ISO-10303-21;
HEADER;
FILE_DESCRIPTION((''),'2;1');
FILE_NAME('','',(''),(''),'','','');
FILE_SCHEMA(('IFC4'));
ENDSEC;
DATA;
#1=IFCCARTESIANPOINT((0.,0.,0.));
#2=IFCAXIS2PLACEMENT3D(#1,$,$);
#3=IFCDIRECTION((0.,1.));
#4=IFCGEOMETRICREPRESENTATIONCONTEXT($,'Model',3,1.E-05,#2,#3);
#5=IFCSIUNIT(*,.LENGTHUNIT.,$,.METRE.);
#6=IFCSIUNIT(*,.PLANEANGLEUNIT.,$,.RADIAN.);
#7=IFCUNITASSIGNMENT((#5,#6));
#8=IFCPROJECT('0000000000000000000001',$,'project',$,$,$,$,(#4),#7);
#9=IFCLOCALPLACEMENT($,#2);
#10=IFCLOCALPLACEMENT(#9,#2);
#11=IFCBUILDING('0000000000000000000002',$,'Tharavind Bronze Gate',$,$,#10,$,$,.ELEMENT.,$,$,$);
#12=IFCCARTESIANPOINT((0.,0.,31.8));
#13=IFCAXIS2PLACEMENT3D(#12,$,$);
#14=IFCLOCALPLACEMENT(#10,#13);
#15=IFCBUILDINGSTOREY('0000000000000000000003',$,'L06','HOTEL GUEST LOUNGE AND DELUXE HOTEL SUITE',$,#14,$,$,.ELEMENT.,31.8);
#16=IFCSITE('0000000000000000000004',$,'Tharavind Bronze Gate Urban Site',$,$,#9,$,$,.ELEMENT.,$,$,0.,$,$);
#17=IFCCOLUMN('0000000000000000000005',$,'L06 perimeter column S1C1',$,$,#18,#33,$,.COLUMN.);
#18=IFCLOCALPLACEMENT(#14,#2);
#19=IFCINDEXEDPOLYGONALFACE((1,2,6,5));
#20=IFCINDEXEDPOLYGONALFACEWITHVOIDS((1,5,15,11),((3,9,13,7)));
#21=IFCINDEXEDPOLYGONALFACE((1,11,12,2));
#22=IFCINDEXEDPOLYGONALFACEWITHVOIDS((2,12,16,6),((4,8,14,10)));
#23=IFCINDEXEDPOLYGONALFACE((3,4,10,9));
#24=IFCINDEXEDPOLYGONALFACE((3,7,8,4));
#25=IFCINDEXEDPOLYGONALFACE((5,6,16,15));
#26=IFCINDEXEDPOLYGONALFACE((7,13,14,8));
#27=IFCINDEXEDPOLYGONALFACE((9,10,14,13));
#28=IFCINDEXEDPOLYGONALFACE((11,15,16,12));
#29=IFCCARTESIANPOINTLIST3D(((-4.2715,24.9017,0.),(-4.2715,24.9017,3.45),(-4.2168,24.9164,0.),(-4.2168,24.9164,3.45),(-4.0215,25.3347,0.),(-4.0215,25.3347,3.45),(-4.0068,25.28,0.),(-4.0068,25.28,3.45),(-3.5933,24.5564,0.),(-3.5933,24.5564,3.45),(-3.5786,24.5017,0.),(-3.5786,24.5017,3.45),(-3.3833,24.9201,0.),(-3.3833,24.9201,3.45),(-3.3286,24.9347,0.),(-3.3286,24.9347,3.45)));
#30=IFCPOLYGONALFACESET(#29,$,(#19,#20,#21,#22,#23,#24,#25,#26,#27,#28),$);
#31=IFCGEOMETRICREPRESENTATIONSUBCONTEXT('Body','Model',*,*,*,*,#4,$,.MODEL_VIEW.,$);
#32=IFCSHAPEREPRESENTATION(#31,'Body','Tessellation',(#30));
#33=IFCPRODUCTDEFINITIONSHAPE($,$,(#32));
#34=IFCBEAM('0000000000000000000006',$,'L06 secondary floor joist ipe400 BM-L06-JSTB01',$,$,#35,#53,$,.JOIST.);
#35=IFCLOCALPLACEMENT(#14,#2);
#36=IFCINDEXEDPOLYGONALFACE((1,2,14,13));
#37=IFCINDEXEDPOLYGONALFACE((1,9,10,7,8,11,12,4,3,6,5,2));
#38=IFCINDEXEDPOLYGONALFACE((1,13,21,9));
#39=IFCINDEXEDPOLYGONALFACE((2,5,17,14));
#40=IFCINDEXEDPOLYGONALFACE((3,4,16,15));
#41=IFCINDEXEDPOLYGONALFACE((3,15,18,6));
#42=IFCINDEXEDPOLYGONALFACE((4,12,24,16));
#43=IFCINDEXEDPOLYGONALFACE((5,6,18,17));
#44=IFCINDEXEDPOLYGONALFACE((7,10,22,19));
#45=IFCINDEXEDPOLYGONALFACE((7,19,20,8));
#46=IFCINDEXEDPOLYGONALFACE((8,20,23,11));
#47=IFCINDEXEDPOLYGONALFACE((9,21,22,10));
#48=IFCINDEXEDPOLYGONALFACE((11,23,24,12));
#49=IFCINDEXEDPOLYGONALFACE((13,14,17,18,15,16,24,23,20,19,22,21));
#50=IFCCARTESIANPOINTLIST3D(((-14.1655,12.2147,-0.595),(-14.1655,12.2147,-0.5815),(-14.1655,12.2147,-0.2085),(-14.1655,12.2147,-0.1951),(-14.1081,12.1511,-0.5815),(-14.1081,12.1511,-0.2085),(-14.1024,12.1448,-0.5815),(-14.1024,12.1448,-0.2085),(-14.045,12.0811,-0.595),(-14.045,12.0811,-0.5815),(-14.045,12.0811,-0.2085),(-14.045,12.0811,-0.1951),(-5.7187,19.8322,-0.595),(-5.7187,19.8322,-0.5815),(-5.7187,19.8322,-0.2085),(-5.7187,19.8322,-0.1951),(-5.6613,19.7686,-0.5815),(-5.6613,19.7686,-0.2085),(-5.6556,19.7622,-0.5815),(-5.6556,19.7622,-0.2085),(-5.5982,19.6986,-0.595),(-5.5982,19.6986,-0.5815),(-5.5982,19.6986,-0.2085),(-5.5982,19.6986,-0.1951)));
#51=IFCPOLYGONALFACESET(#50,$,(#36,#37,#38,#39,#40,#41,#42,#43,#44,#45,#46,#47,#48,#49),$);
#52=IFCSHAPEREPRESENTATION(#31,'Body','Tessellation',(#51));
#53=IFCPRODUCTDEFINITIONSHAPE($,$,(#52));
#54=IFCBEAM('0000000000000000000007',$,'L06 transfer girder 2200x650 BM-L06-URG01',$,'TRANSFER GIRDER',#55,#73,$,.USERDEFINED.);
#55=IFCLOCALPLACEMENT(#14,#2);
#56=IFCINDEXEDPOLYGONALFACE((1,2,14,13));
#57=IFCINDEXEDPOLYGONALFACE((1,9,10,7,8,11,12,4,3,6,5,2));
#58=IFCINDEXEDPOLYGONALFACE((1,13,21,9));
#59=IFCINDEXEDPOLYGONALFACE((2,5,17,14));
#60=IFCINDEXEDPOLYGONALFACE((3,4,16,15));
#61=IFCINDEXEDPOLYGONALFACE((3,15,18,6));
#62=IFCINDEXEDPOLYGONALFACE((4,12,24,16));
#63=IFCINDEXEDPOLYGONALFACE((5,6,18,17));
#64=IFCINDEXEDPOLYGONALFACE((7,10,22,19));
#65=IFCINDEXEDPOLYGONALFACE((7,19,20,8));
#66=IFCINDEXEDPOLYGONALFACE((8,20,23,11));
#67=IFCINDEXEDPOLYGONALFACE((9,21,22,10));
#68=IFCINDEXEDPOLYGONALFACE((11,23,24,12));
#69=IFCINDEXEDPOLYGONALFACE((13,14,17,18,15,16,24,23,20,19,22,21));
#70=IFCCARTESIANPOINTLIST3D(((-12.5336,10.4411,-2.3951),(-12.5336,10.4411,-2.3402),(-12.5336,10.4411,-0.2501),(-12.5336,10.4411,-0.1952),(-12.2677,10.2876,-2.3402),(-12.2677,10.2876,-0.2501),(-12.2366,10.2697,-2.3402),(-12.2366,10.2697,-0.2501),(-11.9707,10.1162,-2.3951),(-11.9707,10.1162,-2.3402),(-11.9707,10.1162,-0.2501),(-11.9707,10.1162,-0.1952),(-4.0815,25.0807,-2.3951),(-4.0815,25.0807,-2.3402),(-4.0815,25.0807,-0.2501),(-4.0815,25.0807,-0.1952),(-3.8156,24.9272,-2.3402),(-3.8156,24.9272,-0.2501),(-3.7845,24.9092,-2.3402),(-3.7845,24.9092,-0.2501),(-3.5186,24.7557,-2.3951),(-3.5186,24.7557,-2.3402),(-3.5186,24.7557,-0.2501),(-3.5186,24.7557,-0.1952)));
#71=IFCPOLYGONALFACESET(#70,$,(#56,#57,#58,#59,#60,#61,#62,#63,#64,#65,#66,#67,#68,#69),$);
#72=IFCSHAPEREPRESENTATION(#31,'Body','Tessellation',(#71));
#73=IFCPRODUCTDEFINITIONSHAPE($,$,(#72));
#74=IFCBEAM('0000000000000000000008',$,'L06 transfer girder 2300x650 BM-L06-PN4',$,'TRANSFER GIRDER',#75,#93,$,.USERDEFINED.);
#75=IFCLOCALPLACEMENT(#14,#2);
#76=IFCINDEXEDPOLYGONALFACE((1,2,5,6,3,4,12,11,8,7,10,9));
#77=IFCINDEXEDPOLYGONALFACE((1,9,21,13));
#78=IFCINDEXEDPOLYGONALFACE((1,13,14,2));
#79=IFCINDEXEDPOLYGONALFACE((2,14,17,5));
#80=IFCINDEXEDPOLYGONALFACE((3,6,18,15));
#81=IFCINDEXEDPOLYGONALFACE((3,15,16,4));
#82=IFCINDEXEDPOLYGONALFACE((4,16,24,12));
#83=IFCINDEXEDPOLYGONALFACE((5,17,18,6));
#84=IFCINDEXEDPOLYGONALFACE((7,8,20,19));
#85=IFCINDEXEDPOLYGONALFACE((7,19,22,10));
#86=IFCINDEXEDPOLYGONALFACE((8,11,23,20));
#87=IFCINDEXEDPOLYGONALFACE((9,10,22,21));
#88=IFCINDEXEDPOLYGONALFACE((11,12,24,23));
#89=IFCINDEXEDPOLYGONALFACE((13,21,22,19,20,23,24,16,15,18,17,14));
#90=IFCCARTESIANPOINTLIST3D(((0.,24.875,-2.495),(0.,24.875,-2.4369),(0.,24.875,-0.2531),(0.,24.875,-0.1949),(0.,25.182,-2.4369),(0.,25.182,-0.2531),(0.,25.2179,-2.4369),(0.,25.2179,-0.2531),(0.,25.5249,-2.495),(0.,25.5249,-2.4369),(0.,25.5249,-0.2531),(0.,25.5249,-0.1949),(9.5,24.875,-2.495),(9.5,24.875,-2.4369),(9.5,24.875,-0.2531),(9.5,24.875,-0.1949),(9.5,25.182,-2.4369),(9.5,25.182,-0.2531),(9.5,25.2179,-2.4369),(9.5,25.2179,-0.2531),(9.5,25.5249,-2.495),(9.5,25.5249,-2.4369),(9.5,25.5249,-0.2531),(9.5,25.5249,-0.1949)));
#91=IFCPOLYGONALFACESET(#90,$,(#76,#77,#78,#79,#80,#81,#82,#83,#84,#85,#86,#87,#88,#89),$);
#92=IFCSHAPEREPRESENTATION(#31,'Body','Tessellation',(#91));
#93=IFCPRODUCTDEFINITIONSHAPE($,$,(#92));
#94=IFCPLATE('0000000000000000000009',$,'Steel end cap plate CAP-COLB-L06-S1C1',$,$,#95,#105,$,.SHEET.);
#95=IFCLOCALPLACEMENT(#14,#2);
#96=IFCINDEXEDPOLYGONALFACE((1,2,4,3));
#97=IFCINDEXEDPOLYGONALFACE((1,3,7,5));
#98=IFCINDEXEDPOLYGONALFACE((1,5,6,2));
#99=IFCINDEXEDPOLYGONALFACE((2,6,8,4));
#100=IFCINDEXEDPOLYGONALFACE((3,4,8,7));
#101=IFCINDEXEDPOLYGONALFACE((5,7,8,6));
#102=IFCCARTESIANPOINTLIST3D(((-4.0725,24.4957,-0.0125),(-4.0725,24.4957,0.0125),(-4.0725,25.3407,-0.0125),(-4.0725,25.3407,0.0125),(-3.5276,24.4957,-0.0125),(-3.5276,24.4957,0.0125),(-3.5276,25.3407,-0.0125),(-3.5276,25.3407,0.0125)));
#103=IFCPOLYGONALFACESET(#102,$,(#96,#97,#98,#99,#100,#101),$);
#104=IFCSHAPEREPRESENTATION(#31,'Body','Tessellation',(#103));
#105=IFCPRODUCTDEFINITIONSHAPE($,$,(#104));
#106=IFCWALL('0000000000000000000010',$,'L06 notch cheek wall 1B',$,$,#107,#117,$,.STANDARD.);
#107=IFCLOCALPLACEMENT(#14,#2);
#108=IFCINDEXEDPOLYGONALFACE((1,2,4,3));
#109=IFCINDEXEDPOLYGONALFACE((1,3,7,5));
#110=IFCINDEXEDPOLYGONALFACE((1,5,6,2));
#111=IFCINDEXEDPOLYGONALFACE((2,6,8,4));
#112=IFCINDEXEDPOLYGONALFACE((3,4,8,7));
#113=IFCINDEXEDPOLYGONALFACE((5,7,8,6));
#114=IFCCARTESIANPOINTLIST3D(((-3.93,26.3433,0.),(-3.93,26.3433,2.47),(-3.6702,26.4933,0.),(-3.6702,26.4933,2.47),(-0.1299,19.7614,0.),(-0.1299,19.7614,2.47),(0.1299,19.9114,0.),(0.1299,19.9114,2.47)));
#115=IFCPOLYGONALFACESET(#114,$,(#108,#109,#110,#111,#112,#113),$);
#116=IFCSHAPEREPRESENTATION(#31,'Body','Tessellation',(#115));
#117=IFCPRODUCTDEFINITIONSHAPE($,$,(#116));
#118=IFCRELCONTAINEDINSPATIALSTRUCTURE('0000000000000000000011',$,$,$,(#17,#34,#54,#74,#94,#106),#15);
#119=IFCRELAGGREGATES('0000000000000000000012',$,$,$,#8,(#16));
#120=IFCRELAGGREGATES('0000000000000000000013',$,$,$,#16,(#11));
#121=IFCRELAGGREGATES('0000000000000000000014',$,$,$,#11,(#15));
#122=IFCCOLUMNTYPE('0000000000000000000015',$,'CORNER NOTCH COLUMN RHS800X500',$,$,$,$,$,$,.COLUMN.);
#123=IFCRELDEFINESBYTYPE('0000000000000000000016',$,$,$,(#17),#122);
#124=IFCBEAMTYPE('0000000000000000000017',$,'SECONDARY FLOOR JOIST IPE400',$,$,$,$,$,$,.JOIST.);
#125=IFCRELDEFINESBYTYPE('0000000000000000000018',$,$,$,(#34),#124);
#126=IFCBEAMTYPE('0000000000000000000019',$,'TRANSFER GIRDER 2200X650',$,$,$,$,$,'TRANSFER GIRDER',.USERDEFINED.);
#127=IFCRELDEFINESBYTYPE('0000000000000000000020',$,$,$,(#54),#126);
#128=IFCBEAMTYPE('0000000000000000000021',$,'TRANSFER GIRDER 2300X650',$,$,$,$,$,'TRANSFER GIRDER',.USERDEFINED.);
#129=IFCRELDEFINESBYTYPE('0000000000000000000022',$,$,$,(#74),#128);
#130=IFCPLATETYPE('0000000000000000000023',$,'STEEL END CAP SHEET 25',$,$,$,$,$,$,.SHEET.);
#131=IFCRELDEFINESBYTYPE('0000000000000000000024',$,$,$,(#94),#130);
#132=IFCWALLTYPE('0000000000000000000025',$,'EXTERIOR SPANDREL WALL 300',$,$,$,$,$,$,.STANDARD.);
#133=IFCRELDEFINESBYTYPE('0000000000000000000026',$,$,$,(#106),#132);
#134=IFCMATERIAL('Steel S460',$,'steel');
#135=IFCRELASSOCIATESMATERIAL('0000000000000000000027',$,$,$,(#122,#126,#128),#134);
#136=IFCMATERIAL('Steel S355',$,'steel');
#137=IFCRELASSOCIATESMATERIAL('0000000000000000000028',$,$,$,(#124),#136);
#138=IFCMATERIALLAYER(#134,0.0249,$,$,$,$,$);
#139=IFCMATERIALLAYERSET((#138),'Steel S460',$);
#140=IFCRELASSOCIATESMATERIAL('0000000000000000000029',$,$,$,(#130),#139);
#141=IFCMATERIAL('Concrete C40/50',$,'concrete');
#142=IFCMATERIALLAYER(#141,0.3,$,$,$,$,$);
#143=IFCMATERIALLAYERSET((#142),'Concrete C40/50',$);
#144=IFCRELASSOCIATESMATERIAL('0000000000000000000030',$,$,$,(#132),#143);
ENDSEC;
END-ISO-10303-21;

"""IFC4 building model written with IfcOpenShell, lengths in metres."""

from ifc_helpers import new_model, si_unit, direction, frame, frame_2d, origin, origin_2d, place, context, subcontext, project, spatial, rectangle, hollow_rectangle, i_section, extrude, material, layer, layer_set, material_profile, profile_set, type_object, element, save


model = new_model("IFC4")

# Units and contexts
model_context = context("Model", 3, precision=1e-05, world=origin(), true_north=direction((0.0, 1.0)))
body_context = subcontext(model_context, "Body", "Model", "MODEL_VIEW")
ifc_project = project(units=[si_unit("LENGTHUNIT", "METRE"), si_unit("PLANEANGLEUNIT", "RADIAN")], contexts=[model_context])

# Site, building, storey
site_placement = place(None, origin())
site = spatial("IfcSite", under=ifc_project, at=site_placement, Name="Tharavind Bronze Gate Urban Site", CompositionType="ELEMENT", RefElevation=0.0)
building_placement = place(site_placement, origin())
building = spatial("IfcBuilding", under=site, at=building_placement, Name="Tharavind Bronze Gate", CompositionType="ELEMENT")
storey_placement = place(building_placement, frame((0.0, 0.0, 31.8)))
storey = spatial("IfcBuildingStorey", under=building, at=storey_placement, Name="L06", Description="HOTEL GUEST LOUNGE AND DELUXE HOTEL SUITE", CompositionType="ELEMENT", Elevation=31.8)

# Column
ifc_material_1 = material(Name="Steel S460", Category="steel")
ifc_material_profile_1 = material_profile(ifc_material_1, hollow_rectangle(XDim=0.5, YDim=0.8, WallThickness=0.04, at=origin_2d()), Name="RHS800X500X40")
ifc_profile_set_1 = profile_set([ifc_material_profile_1], Name="Steel S460")
column_type = type_object("IfcColumnType", Name="CORNER NOTCH COLUMN RHS800X500", PredefinedType="COLUMN", material=ifc_profile_set_1)
column_placement = place(storey_placement, frame((-3.8, 24.9182, 0.0), z_axis=(0.0, 0.0, 1.0), x_axis=(0.500002, 0.866025, 0.0)))
element("IfcColumn", 1, at=column_placement, inside=storey, type_object=column_type, Name="L06 perimeter column S1C1", PredefinedType="COLUMN", context=body_context, shape_type="SweptSolid", body=[
    extrude(hollow_rectangle(XDim=0.5, YDim=0.8, WallThickness=0.04, at=origin_2d()), origin(), (0.0, 0.0, 1.0), 3.45),
])

# Beams
ifc_material_2 = material(Name="Steel S355", Category="steel")
ifc_material_profile_2 = material_profile(ifc_material_2, i_section(OverallWidth=0.1799, OverallDepth=0.3999, WebThickness=0.0085, FlangeThickness=0.0134, at=origin_2d()), Name="IPE400")
ifc_profile_set_2 = profile_set([ifc_material_profile_2], Name="Steel S355")
beam_type_1 = type_object("IfcBeamType", Name="SECONDARY FLOOR JOIST IPE400", PredefinedType="JOIST", material=ifc_profile_set_2)
beam_1_placement = place(storey_placement, frame((-5.6584, 19.7654, -0.395), z_axis=(-0.742624, -0.669709, 0.0), x_axis=(0.669709, -0.742624, 0.0)))
element("IfcBeam", 2, at=beam_1_placement, inside=storey, type_object=beam_type_1, Name="L06 secondary floor joist ipe400 BM-L06-JSTB01", PredefinedType="JOIST", context=body_context, shape_type="SweptSolid", body=[
    extrude(i_section(OverallWidth=0.1799, OverallDepth=0.3999, WebThickness=0.0085, FlangeThickness=0.0134, at=origin_2d()), origin(), (0.0, 0.0, 1.0), 11.3743),
])
ifc_material_profile_3 = material_profile(ifc_material_1, i_section(OverallWidth=0.6499, OverallDepth=2.2, WebThickness=0.0359, FlangeThickness=0.0549, at=origin_2d()), Name="PG2200X650")
ifc_profile_set_3 = profile_set([ifc_material_profile_3], Name="Steel S460")
beam_type_2 = type_object("IfcBeamType", Name="TRANSFER GIRDER 2200X650", ElementType="TRANSFER GIRDER", PredefinedType="USERDEFINED", material=ifc_profile_set_3)
beam_2_placement = place(storey_placement, frame((-3.8, 24.9182, -1.2952), z_axis=(-0.499997, -0.866027, 0.0), x_axis=(0.866027, -0.499997, 0.0)))
element("IfcBeam", 3, at=beam_2_placement, inside=storey, type_object=beam_type_2, Name="L06 transfer girder 2200x650 BM-L06-URG01", ObjectType="TRANSFER GIRDER", PredefinedType="USERDEFINED", context=body_context, shape_type="SweptSolid", body=[
    extrude(i_section(OverallWidth=0.6499, OverallDepth=2.2, WebThickness=0.0359, FlangeThickness=0.0549, at=origin_2d()), origin(), (0.0, 0.0, 1.0), 16.9043),
])
ifc_material_profile_4 = material_profile(ifc_material_1, i_section(OverallWidth=0.6499, OverallDepth=2.3, WebThickness=0.0359, FlangeThickness=0.0581, at=origin_2d()), Name="PG2300X650")
ifc_profile_set_4 = profile_set([ifc_material_profile_4], Name="Steel S460")
beam_type_3 = type_object("IfcBeamType", Name="TRANSFER GIRDER 2300X650", ElementType="TRANSFER GIRDER", PredefinedType="USERDEFINED", material=ifc_profile_set_4)
beam_3_placement = place(storey_placement, frame((0.0, 25.2, -1.345), z_axis=(1.0, 0.0, 0.0), x_axis=(0.0, 1.0, 0.0)))
element("IfcBeam", 4, at=beam_3_placement, inside=storey, type_object=beam_type_3, Name="L06 transfer girder 2300x650 BM-L06-PN4", ObjectType="TRANSFER GIRDER", PredefinedType="USERDEFINED", context=body_context, shape_type="SweptSolid", body=[
    extrude(i_section(OverallWidth=0.6499, OverallDepth=2.3, WebThickness=0.0359, FlangeThickness=0.0581, at=origin_2d()), origin(), (0.0, 0.0, 1.0), 9.5),
])

# Plate
ifc_layer_1 = layer(ifc_material_1, 0.0249)
ifc_layer_set_1 = layer_set([ifc_layer_1], Name="Steel S460")
plate_type = type_object("IfcPlateType", Name="STEEL END CAP SHEET 25", PredefinedType="SHEET", material=ifc_layer_set_1)
plate_placement = place(storey_placement, frame((-3.8, 24.9182, -0.0125), z_axis=(0.0, 0.0, 1.0), x_axis=(1.0, 0.0, 0.0)))
element("IfcPlate", 5, at=plate_placement, inside=storey, type_object=plate_type, Name="Steel end cap plate CAP-COLB-L06-S1C1", PredefinedType="SHEET", context=body_context, shape_type="SweptSolid", body=[
    extrude(rectangle(XDim=0.5449, YDim=0.845, at=origin_2d()), origin(), (0.0, 0.0, 1.0), 0.0249),
])

# Wall
ifc_material_3 = material(Name="Concrete C40/50", Category="concrete")
ifc_layer_2 = layer(ifc_material_3, 0.3)
ifc_layer_set_2 = layer_set([ifc_layer_2], Name="Concrete C40/50")
wall_type_1 = type_object("IfcWallType", Name="EXTERIOR SPANDREL WALL 300", PredefinedType="STANDARD", material=ifc_layer_set_2)
wall_1_placement = place(storey_placement, frame((0.0, 19.8364, 0.0), z_axis=(0.0, 0.0, 1.0), x_axis=(-0.500005, 0.866022, 0.0)))
element("IfcWall", 6, at=wall_1_placement, inside=storey, type_object=wall_type_1, Name="L06 notch cheek wall 1B", PredefinedType="STANDARD", context=body_context, shape_type="SweptSolid", body=[
    extrude(rectangle(XDim=7.6001, YDim=0.3, at=frame_2d((3.8, 0.0))), origin(), (0.0, 0.0, 1.0), 2.47),
])

save(model, "model.ifc")
